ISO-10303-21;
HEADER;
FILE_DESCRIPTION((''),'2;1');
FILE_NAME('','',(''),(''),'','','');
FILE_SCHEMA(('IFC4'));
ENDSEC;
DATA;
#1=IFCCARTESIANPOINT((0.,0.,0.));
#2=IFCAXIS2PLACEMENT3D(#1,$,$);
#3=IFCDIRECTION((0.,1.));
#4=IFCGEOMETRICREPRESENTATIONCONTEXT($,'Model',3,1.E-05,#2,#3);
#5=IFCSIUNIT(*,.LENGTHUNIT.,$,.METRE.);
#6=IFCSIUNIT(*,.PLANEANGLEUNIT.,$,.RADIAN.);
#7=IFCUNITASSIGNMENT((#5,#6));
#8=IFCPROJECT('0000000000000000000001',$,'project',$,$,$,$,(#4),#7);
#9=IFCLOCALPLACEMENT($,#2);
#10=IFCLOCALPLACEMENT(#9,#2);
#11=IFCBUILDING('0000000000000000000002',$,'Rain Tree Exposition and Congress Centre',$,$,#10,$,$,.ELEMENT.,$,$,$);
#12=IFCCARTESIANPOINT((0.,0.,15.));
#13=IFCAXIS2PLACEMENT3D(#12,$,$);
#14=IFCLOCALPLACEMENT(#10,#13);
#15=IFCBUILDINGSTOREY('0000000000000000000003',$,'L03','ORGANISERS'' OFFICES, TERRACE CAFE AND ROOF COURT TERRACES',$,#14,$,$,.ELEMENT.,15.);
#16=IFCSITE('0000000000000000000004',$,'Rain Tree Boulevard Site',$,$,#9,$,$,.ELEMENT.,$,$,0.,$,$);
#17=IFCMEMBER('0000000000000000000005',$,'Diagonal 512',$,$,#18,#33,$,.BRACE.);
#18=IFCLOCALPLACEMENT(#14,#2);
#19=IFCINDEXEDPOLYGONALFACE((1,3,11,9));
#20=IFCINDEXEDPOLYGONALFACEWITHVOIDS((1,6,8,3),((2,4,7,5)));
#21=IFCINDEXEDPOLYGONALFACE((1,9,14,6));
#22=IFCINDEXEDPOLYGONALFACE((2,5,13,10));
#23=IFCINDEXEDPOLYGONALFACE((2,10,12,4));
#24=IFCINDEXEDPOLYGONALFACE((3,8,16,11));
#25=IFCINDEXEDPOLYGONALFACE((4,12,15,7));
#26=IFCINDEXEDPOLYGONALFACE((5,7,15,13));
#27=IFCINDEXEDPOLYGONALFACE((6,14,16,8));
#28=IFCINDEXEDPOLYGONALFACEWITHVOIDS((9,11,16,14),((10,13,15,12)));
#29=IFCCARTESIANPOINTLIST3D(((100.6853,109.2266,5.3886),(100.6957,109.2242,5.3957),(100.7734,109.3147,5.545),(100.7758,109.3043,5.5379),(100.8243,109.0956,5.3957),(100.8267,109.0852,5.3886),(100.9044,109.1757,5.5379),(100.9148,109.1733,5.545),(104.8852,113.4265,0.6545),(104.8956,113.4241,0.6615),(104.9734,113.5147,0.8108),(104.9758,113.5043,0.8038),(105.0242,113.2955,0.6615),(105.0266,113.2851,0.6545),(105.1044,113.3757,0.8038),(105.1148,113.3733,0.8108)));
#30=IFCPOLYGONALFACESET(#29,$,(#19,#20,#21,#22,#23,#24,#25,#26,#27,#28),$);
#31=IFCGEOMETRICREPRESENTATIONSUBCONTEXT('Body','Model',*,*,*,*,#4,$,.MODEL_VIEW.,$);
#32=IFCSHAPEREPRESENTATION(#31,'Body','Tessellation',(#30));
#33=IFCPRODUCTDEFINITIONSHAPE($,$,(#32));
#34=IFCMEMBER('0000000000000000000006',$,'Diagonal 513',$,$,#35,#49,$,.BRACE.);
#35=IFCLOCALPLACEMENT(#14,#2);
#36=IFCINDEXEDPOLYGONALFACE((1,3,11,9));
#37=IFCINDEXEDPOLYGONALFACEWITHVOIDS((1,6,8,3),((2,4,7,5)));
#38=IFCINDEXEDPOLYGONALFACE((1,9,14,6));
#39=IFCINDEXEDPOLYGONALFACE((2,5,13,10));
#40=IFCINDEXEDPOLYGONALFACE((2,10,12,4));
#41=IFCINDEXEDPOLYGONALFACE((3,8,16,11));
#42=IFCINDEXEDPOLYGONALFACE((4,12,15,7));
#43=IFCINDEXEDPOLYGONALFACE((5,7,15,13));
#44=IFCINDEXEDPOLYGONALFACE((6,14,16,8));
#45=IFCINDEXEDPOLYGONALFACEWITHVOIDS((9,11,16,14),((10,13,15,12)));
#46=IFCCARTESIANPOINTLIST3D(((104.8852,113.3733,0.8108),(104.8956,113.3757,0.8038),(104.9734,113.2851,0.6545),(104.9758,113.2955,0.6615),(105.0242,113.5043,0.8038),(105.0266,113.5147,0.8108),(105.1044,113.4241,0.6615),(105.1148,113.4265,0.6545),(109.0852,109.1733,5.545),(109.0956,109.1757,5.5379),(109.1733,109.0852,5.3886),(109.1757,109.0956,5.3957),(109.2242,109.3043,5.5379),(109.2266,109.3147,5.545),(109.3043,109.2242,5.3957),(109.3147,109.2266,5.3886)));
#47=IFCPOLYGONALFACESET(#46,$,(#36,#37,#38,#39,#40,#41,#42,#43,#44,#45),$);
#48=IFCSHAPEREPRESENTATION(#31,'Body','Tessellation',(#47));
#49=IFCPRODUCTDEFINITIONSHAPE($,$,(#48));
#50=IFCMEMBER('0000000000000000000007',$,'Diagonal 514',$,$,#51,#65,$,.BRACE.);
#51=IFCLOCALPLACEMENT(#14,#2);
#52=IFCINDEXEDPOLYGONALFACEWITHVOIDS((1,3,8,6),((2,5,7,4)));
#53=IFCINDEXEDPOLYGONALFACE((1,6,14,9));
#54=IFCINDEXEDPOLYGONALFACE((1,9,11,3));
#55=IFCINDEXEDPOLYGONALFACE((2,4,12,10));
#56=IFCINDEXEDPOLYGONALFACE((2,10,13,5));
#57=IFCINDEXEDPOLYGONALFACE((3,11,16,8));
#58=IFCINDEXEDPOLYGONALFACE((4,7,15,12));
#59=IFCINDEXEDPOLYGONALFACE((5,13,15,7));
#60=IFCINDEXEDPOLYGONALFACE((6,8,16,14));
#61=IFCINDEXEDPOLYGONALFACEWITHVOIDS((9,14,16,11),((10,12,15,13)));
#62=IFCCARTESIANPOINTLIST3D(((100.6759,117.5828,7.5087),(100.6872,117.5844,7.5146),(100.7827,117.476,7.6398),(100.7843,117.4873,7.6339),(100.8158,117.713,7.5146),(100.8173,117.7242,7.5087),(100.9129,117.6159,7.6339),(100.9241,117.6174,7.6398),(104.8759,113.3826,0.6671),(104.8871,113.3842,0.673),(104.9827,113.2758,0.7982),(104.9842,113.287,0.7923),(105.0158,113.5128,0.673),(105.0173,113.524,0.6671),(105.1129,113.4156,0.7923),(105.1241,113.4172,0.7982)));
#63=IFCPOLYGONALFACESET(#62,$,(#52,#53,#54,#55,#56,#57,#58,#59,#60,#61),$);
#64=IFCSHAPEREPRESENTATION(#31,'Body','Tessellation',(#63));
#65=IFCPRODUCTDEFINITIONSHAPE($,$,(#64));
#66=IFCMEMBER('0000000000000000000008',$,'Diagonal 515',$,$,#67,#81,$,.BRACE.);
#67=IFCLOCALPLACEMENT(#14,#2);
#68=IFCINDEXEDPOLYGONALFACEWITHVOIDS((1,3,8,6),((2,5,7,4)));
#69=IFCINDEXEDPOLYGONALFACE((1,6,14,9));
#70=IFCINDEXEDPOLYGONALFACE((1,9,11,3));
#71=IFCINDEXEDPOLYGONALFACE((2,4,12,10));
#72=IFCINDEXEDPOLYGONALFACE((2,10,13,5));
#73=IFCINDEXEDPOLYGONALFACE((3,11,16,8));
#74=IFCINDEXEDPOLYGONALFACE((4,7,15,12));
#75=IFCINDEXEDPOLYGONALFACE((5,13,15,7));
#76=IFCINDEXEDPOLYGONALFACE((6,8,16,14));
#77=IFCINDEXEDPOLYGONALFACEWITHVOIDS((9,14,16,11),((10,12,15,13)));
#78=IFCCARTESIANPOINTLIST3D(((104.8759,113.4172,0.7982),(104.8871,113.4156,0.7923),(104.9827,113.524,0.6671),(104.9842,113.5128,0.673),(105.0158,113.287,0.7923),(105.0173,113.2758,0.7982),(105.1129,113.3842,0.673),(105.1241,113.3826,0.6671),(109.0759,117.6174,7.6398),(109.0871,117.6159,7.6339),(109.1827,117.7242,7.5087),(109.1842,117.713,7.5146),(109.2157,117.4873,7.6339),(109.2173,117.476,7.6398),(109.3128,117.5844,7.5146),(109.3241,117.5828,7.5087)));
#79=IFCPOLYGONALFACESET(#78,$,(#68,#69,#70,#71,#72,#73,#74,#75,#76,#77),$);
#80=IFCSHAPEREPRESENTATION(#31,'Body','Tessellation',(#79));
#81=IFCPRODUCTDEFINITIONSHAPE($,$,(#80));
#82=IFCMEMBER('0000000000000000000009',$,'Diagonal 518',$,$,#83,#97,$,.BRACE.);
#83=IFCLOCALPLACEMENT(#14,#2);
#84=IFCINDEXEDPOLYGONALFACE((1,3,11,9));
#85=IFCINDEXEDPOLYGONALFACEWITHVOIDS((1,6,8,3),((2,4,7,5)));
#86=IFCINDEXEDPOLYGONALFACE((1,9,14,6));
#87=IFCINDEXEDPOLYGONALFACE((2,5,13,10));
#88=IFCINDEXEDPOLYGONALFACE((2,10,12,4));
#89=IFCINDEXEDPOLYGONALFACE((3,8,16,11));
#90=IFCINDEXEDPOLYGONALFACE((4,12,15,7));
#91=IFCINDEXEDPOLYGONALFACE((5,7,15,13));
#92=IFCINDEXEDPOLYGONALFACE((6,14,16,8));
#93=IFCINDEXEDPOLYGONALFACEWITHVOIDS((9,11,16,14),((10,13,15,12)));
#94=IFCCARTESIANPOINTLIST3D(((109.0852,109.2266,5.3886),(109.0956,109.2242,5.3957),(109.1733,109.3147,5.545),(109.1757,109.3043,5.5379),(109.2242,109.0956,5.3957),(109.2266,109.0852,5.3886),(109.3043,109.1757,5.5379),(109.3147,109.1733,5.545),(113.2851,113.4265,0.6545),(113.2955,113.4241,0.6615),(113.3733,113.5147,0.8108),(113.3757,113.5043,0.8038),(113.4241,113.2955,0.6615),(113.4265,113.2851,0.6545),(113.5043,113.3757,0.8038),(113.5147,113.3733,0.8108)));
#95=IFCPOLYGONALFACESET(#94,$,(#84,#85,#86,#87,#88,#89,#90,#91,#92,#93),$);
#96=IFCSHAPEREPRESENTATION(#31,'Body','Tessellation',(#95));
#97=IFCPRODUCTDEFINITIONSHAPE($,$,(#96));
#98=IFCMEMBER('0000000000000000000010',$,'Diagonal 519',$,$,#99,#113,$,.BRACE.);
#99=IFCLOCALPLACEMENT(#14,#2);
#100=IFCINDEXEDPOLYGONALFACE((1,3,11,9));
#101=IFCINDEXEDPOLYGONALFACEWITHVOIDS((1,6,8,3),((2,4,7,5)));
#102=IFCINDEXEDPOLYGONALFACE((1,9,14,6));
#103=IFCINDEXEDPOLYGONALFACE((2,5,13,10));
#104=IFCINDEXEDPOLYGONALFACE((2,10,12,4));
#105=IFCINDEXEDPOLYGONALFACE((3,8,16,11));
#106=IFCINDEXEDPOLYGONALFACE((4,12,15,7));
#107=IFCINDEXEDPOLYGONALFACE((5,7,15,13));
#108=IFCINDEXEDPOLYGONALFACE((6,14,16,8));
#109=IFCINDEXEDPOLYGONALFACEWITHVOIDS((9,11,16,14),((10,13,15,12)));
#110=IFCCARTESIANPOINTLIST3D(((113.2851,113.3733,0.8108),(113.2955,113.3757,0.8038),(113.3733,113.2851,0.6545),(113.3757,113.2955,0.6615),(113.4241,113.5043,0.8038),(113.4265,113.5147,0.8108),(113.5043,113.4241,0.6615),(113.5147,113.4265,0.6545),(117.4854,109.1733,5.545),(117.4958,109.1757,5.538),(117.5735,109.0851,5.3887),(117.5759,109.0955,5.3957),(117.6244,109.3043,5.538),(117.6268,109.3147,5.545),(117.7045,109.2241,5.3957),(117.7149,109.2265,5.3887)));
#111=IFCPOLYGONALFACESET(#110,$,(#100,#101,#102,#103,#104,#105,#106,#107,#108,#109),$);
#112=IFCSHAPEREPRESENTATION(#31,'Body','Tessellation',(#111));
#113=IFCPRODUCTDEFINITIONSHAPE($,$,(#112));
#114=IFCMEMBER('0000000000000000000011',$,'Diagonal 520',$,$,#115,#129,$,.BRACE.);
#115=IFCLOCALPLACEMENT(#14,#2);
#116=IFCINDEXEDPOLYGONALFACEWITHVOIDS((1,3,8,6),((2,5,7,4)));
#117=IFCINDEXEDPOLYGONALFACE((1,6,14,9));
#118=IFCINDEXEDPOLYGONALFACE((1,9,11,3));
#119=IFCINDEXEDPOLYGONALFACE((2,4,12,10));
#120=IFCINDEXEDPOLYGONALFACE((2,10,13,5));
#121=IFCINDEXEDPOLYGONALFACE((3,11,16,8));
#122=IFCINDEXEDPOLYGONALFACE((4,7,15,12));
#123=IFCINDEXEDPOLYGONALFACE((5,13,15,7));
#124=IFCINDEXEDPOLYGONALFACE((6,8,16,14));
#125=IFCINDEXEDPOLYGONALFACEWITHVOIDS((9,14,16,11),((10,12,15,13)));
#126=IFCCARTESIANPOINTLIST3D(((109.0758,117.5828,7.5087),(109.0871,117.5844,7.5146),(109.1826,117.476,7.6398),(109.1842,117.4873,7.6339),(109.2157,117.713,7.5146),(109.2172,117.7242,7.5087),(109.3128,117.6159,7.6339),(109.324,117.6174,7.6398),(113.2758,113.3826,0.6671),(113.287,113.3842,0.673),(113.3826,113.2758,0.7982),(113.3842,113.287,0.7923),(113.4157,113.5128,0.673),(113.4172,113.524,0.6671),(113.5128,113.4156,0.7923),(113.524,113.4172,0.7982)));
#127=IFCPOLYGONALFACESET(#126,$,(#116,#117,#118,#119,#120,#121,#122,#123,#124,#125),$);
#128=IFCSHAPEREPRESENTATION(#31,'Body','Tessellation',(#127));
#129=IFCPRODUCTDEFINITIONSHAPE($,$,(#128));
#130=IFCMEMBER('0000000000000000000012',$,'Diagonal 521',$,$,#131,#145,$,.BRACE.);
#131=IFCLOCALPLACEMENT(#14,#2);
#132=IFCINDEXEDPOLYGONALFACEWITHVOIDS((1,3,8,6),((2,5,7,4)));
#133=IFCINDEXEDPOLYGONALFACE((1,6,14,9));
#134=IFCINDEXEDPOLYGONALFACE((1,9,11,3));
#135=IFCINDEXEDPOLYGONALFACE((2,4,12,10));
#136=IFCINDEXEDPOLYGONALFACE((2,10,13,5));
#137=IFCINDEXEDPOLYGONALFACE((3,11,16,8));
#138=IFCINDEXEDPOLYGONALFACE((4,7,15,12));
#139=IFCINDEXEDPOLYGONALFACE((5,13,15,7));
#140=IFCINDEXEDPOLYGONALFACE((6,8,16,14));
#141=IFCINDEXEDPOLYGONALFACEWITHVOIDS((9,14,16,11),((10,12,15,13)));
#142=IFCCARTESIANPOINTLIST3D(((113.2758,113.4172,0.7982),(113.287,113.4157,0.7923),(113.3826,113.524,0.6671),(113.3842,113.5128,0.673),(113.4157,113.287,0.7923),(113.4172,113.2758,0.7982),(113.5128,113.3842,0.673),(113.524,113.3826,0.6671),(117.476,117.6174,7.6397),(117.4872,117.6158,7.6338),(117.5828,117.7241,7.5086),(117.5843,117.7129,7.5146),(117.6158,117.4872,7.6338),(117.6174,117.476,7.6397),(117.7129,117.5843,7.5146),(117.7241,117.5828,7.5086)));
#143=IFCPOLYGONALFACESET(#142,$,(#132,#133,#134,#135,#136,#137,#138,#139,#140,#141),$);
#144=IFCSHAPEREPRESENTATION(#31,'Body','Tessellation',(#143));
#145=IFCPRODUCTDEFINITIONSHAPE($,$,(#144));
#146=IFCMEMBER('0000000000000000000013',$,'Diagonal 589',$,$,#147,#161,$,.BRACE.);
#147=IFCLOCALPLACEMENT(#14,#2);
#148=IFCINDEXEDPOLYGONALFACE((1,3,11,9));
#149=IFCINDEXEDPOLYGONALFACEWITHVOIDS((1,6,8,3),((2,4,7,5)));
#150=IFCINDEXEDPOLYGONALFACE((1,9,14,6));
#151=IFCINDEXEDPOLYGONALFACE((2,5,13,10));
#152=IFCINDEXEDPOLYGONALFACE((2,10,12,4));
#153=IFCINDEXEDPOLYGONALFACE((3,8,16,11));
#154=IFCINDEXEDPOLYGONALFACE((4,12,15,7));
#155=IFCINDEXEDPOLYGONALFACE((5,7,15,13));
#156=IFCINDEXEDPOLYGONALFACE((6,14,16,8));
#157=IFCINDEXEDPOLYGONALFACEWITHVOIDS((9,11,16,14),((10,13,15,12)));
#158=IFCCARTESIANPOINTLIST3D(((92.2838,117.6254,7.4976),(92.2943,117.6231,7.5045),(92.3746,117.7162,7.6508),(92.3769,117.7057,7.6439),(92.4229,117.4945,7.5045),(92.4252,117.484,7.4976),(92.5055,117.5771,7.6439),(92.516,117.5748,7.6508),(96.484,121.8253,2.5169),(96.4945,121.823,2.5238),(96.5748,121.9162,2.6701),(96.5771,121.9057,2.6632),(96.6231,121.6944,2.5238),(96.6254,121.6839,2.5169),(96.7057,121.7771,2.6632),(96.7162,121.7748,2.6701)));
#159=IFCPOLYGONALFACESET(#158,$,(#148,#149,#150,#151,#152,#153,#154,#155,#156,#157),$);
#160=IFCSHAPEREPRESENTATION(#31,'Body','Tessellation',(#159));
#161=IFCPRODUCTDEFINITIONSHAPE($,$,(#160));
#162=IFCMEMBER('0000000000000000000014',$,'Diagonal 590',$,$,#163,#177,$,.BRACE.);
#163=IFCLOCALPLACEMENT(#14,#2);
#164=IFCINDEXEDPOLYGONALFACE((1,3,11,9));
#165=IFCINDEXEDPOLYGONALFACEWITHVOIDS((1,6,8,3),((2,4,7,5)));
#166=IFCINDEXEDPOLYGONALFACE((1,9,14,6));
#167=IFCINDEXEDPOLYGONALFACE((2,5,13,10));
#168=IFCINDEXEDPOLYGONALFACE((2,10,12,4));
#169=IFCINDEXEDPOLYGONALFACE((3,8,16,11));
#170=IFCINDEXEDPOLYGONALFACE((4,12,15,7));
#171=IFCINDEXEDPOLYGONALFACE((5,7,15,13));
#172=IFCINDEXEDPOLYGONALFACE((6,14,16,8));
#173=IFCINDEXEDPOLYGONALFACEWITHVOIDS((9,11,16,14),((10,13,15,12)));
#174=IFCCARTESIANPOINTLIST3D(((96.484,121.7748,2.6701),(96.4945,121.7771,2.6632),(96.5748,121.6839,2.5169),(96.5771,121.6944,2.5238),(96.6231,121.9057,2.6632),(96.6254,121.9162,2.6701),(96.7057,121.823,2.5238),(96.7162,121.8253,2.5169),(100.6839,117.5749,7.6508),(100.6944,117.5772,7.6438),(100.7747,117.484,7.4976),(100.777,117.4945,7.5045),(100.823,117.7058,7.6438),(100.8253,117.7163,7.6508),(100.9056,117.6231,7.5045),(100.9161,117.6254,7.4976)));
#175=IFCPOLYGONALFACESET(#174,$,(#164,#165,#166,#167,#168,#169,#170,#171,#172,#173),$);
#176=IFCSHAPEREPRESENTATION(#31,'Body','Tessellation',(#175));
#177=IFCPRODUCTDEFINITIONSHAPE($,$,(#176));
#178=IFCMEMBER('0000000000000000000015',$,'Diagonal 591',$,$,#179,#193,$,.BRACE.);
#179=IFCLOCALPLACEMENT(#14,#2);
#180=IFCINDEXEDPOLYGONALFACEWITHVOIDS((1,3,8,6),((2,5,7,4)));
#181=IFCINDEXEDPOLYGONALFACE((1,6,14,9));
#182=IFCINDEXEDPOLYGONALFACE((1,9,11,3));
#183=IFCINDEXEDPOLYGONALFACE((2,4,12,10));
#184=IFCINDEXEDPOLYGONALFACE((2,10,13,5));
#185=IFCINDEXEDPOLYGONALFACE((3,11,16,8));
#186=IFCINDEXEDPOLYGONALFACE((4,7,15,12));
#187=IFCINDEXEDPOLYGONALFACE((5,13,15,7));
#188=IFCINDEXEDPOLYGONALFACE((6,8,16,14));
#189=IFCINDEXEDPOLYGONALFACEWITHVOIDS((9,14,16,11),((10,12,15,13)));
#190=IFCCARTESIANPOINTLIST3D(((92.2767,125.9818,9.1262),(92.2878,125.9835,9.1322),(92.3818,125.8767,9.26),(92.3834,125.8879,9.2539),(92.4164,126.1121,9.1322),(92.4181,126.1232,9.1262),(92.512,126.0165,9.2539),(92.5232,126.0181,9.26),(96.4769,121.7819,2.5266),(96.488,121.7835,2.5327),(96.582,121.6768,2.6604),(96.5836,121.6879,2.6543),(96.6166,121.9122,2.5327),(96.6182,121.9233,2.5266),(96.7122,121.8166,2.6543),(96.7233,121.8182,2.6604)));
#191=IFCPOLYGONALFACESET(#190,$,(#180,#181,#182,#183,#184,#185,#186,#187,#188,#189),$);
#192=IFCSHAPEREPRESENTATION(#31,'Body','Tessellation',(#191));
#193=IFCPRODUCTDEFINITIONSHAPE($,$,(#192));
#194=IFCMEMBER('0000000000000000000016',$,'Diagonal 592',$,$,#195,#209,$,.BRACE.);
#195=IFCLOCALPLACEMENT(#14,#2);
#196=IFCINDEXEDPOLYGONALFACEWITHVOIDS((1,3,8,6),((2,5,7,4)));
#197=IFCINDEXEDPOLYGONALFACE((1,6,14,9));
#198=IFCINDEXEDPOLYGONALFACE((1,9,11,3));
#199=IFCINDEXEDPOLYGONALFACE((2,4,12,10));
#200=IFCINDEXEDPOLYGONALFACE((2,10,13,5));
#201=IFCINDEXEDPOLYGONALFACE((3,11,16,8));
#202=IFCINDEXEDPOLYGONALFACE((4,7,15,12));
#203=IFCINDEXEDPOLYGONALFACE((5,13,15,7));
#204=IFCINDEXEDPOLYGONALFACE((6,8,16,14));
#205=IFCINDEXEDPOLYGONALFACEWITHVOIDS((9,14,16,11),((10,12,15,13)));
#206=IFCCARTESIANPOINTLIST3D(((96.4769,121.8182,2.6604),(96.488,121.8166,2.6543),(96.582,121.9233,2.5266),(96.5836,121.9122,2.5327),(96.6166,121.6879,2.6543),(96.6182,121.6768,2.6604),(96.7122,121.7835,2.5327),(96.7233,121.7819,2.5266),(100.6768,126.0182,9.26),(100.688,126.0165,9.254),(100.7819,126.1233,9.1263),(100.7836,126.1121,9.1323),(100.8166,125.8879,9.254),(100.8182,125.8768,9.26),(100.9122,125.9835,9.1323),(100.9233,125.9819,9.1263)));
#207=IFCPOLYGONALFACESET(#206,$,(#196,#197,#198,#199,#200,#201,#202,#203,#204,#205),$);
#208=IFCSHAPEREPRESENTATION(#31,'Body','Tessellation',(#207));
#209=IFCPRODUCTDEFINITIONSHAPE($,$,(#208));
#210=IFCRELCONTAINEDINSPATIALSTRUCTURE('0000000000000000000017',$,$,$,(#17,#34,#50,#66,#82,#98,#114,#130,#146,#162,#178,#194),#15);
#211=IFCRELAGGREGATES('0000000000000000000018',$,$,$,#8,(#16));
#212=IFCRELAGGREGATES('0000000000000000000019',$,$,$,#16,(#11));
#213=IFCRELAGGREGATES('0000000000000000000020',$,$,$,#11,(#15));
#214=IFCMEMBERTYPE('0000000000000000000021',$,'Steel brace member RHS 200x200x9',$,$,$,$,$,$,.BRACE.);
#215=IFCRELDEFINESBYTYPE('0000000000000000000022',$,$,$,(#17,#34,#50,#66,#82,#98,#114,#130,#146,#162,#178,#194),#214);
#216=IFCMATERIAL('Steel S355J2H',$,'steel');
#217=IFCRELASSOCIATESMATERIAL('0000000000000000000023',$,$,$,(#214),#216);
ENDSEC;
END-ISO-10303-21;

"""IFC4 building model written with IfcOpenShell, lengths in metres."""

from ifc_helpers import new_model, si_unit, direction, frame, origin, origin_2d, place, context, subcontext, project, spatial, hollow_rectangle, extrude, material, material_profile, profile_set, type_object, element, save


model = new_model("IFC4")

# Units and contexts
model_context = context("Model", 3, precision=1e-05, world=origin(), true_north=direction((0.0, 1.0)))
body_context = subcontext(model_context, "Body", "Model", "MODEL_VIEW")
ifc_project = project(units=[si_unit("LENGTHUNIT", "METRE"), si_unit("PLANEANGLEUNIT", "RADIAN")], contexts=[model_context])

# Site, building, storey
site_placement = place(None, origin())
site = spatial("IfcSite", under=ifc_project, at=site_placement, Name="Rain Tree Boulevard Site", CompositionType="ELEMENT", RefElevation=0.0)
building_placement = place(site_placement, origin())
building = spatial("IfcBuilding", under=site, at=building_placement, Name="Rain Tree Exposition and Congress Centre", CompositionType="ELEMENT")
storey_placement = place(building_placement, frame((0.0, 0.0, 15.0)))
storey = spatial("IfcBuildingStorey", under=building, at=storey_placement, Name="L03", Description="ORGANISERS' OFFICES, TERRACE CAFE AND ROOF COURT TERRACES", CompositionType="ELEMENT", Elevation=15.0)

# Members
ifc_material_1 = material(Name="Steel S355J2H", Category="steel")
ifc_material_profile_1 = material_profile(ifc_material_1, hollow_rectangle(XDim=0.2, YDim=0.2, WallThickness=0.009, at=origin_2d()), Name="RHS 200x200x9")
ifc_profile_set_1 = profile_set([ifc_material_profile_1], Name="Steel S355J2H")
member_type_1 = type_object("IfcMemberType", Name="Steel brace member RHS 200x200x9", PredefinedType="BRACE", material=ifc_profile_set_1)
for number, where, z_axis, x_axis, name in (
    (1, (105.0, 113.3999, 0.7327), (-0.552955, -0.552955, 0.623283), (0.707107, -0.707107, 0.0), "Diagonal 512"),
    (2, (105.0, 113.3999, 0.7327), (0.552955, -0.552955, 0.623283), (0.707107, 0.707107, 0.0), "Diagonal 513"),
):
    element("IfcMember", number, at=place(storey_placement, frame(where, z_axis=z_axis, x_axis=x_axis)), inside=storey, type_object=member_type_1, Name=name, PredefinedType="BRACE", context=body_context, shape_type="SweptSolid", body=[
        extrude(hollow_rectangle(XDim=0.2, YDim=0.2, WallThickness=0.009, at=origin_2d()), origin(), (0.0, 0.0, 1.0), 7.5955),
    ])
for number, where, z_axis, x_axis, name in (
    (3, (105.0, 113.3999, 0.7327), (-0.463558, 0.463585, 0.755118), (-0.707127, -0.707086, 0.0), "Diagonal 514"),
    (4, (105.0, 113.3999, 0.7327), (0.463558, 0.463585, 0.755118), (-0.707127, 0.707086, 0.0), "Diagonal 515"),
):
    element("IfcMember", number, at=place(storey_placement, frame(where, z_axis=z_axis, x_axis=x_axis)), inside=storey, type_object=member_type_1, Name=name, PredefinedType="BRACE", context=body_context, shape_type="SweptSolid", body=[
        extrude(hollow_rectangle(XDim=0.2, YDim=0.2, WallThickness=0.009, at=origin_2d()), origin(), (0.0, 0.0, 1.0), 9.0603),
    ])
member_1_placement = place(storey_placement, frame((113.3999, 113.3999, 0.7327), z_axis=(-0.552955, -0.552955, 0.623283), x_axis=(0.707107, -0.707107, 0.0)))
element("IfcMember", 5, at=member_1_placement, inside=storey, type_object=member_type_1, Name="Diagonal 518", PredefinedType="BRACE", context=body_context, shape_type="SweptSolid", body=[
    extrude(hollow_rectangle(XDim=0.2, YDim=0.2, WallThickness=0.009, at=origin_2d()), origin(), (0.0, 0.0, 1.0), 7.5955),
])
member_2_placement = place(storey_placement, frame((113.3999, 113.3999, 0.7327), z_axis=(0.552977, -0.552945, 0.623272), x_axis=(0.707086, 0.707127, 0.0)))
element("IfcMember", 6, at=member_2_placement, inside=storey, type_object=member_type_1, Name="Diagonal 519", PredefinedType="BRACE", context=body_context, shape_type="SweptSolid", body=[
    extrude(hollow_rectangle(XDim=0.2, YDim=0.2, WallThickness=0.009, at=origin_2d()), origin(), (0.0, 0.0, 1.0), 7.5957),
])
for number, where, z_axis, x_axis, name in (
    (7, (113.3999, 113.3999, 0.7327), (-0.463558, 0.463585, 0.755118), (-0.707127, -0.707086, 0.0), "Diagonal 520"),
    (8, (113.3999, 113.3999, 0.7327), (0.463579, 0.463579, 0.755108), (-0.707107, 0.707107, 0.0), "Diagonal 521"),
):
    element("IfcMember", number, at=place(storey_placement, frame(where, z_axis=z_axis, x_axis=x_axis)), inside=storey, type_object=member_type_1, Name=name, PredefinedType="BRACE", context=body_context, shape_type="SweptSolid", body=[
        extrude(hollow_rectangle(XDim=0.2, YDim=0.2, WallThickness=0.009, at=origin_2d()), origin(), (0.0, 0.0, 1.0), 9.0603),
    ])
member_3_placement = place(storey_placement, frame((96.6001, 121.8, 2.5935), z_axis=(-0.541842, -0.541811, 0.642532), x_axis=(0.707086, -0.707127, 0.0)))
element("IfcMember", 9, at=member_3_placement, inside=storey, type_object=member_type_1, Name="Diagonal 589", PredefinedType="BRACE", context=body_context, shape_type="SweptSolid", body=[
    extrude(hollow_rectangle(XDim=0.2, YDim=0.2, WallThickness=0.009, at=origin_2d()), origin(), (0.0, 0.0, 1.0), 7.7517),
])
member_4_placement = place(storey_placement, frame((96.6001, 121.8, 2.5935), z_axis=(0.54182, -0.54182, 0.642543), x_axis=(0.707107, 0.707107, 0.0)))
element("IfcMember", 10, at=member_4_placement, inside=storey, type_object=member_type_1, Name="Diagonal 590", PredefinedType="BRACE", context=body_context, shape_type="SweptSolid", body=[
    extrude(hollow_rectangle(XDim=0.2, YDim=0.2, WallThickness=0.009, at=origin_2d()), origin(), (0.0, 0.0, 1.0), 7.7515),
])
for number, where, z_axis, x_axis, name in (
    (11, (96.6001, 121.8, 2.5935), (-0.47305, 0.473022, 0.743286), (-0.707086, -0.707127, 0.0), "Diagonal 591"),
    (12, (96.6001, 121.8, 2.5935), (0.473029, 0.473029, 0.743295), (-0.707107, 0.707107, 0.0), "Diagonal 592"),
):
    element("IfcMember", number, at=place(storey_placement, frame(where, z_axis=z_axis, x_axis=x_axis)), inside=storey, type_object=member_type_1, Name=name, PredefinedType="BRACE", context=body_context, shape_type="SweptSolid", body=[
        extrude(hollow_rectangle(XDim=0.2, YDim=0.2, WallThickness=0.009, at=origin_2d()), origin(), (0.0, 0.0, 1.0), 8.8789),
    ])

save(model, "model.ifc")
